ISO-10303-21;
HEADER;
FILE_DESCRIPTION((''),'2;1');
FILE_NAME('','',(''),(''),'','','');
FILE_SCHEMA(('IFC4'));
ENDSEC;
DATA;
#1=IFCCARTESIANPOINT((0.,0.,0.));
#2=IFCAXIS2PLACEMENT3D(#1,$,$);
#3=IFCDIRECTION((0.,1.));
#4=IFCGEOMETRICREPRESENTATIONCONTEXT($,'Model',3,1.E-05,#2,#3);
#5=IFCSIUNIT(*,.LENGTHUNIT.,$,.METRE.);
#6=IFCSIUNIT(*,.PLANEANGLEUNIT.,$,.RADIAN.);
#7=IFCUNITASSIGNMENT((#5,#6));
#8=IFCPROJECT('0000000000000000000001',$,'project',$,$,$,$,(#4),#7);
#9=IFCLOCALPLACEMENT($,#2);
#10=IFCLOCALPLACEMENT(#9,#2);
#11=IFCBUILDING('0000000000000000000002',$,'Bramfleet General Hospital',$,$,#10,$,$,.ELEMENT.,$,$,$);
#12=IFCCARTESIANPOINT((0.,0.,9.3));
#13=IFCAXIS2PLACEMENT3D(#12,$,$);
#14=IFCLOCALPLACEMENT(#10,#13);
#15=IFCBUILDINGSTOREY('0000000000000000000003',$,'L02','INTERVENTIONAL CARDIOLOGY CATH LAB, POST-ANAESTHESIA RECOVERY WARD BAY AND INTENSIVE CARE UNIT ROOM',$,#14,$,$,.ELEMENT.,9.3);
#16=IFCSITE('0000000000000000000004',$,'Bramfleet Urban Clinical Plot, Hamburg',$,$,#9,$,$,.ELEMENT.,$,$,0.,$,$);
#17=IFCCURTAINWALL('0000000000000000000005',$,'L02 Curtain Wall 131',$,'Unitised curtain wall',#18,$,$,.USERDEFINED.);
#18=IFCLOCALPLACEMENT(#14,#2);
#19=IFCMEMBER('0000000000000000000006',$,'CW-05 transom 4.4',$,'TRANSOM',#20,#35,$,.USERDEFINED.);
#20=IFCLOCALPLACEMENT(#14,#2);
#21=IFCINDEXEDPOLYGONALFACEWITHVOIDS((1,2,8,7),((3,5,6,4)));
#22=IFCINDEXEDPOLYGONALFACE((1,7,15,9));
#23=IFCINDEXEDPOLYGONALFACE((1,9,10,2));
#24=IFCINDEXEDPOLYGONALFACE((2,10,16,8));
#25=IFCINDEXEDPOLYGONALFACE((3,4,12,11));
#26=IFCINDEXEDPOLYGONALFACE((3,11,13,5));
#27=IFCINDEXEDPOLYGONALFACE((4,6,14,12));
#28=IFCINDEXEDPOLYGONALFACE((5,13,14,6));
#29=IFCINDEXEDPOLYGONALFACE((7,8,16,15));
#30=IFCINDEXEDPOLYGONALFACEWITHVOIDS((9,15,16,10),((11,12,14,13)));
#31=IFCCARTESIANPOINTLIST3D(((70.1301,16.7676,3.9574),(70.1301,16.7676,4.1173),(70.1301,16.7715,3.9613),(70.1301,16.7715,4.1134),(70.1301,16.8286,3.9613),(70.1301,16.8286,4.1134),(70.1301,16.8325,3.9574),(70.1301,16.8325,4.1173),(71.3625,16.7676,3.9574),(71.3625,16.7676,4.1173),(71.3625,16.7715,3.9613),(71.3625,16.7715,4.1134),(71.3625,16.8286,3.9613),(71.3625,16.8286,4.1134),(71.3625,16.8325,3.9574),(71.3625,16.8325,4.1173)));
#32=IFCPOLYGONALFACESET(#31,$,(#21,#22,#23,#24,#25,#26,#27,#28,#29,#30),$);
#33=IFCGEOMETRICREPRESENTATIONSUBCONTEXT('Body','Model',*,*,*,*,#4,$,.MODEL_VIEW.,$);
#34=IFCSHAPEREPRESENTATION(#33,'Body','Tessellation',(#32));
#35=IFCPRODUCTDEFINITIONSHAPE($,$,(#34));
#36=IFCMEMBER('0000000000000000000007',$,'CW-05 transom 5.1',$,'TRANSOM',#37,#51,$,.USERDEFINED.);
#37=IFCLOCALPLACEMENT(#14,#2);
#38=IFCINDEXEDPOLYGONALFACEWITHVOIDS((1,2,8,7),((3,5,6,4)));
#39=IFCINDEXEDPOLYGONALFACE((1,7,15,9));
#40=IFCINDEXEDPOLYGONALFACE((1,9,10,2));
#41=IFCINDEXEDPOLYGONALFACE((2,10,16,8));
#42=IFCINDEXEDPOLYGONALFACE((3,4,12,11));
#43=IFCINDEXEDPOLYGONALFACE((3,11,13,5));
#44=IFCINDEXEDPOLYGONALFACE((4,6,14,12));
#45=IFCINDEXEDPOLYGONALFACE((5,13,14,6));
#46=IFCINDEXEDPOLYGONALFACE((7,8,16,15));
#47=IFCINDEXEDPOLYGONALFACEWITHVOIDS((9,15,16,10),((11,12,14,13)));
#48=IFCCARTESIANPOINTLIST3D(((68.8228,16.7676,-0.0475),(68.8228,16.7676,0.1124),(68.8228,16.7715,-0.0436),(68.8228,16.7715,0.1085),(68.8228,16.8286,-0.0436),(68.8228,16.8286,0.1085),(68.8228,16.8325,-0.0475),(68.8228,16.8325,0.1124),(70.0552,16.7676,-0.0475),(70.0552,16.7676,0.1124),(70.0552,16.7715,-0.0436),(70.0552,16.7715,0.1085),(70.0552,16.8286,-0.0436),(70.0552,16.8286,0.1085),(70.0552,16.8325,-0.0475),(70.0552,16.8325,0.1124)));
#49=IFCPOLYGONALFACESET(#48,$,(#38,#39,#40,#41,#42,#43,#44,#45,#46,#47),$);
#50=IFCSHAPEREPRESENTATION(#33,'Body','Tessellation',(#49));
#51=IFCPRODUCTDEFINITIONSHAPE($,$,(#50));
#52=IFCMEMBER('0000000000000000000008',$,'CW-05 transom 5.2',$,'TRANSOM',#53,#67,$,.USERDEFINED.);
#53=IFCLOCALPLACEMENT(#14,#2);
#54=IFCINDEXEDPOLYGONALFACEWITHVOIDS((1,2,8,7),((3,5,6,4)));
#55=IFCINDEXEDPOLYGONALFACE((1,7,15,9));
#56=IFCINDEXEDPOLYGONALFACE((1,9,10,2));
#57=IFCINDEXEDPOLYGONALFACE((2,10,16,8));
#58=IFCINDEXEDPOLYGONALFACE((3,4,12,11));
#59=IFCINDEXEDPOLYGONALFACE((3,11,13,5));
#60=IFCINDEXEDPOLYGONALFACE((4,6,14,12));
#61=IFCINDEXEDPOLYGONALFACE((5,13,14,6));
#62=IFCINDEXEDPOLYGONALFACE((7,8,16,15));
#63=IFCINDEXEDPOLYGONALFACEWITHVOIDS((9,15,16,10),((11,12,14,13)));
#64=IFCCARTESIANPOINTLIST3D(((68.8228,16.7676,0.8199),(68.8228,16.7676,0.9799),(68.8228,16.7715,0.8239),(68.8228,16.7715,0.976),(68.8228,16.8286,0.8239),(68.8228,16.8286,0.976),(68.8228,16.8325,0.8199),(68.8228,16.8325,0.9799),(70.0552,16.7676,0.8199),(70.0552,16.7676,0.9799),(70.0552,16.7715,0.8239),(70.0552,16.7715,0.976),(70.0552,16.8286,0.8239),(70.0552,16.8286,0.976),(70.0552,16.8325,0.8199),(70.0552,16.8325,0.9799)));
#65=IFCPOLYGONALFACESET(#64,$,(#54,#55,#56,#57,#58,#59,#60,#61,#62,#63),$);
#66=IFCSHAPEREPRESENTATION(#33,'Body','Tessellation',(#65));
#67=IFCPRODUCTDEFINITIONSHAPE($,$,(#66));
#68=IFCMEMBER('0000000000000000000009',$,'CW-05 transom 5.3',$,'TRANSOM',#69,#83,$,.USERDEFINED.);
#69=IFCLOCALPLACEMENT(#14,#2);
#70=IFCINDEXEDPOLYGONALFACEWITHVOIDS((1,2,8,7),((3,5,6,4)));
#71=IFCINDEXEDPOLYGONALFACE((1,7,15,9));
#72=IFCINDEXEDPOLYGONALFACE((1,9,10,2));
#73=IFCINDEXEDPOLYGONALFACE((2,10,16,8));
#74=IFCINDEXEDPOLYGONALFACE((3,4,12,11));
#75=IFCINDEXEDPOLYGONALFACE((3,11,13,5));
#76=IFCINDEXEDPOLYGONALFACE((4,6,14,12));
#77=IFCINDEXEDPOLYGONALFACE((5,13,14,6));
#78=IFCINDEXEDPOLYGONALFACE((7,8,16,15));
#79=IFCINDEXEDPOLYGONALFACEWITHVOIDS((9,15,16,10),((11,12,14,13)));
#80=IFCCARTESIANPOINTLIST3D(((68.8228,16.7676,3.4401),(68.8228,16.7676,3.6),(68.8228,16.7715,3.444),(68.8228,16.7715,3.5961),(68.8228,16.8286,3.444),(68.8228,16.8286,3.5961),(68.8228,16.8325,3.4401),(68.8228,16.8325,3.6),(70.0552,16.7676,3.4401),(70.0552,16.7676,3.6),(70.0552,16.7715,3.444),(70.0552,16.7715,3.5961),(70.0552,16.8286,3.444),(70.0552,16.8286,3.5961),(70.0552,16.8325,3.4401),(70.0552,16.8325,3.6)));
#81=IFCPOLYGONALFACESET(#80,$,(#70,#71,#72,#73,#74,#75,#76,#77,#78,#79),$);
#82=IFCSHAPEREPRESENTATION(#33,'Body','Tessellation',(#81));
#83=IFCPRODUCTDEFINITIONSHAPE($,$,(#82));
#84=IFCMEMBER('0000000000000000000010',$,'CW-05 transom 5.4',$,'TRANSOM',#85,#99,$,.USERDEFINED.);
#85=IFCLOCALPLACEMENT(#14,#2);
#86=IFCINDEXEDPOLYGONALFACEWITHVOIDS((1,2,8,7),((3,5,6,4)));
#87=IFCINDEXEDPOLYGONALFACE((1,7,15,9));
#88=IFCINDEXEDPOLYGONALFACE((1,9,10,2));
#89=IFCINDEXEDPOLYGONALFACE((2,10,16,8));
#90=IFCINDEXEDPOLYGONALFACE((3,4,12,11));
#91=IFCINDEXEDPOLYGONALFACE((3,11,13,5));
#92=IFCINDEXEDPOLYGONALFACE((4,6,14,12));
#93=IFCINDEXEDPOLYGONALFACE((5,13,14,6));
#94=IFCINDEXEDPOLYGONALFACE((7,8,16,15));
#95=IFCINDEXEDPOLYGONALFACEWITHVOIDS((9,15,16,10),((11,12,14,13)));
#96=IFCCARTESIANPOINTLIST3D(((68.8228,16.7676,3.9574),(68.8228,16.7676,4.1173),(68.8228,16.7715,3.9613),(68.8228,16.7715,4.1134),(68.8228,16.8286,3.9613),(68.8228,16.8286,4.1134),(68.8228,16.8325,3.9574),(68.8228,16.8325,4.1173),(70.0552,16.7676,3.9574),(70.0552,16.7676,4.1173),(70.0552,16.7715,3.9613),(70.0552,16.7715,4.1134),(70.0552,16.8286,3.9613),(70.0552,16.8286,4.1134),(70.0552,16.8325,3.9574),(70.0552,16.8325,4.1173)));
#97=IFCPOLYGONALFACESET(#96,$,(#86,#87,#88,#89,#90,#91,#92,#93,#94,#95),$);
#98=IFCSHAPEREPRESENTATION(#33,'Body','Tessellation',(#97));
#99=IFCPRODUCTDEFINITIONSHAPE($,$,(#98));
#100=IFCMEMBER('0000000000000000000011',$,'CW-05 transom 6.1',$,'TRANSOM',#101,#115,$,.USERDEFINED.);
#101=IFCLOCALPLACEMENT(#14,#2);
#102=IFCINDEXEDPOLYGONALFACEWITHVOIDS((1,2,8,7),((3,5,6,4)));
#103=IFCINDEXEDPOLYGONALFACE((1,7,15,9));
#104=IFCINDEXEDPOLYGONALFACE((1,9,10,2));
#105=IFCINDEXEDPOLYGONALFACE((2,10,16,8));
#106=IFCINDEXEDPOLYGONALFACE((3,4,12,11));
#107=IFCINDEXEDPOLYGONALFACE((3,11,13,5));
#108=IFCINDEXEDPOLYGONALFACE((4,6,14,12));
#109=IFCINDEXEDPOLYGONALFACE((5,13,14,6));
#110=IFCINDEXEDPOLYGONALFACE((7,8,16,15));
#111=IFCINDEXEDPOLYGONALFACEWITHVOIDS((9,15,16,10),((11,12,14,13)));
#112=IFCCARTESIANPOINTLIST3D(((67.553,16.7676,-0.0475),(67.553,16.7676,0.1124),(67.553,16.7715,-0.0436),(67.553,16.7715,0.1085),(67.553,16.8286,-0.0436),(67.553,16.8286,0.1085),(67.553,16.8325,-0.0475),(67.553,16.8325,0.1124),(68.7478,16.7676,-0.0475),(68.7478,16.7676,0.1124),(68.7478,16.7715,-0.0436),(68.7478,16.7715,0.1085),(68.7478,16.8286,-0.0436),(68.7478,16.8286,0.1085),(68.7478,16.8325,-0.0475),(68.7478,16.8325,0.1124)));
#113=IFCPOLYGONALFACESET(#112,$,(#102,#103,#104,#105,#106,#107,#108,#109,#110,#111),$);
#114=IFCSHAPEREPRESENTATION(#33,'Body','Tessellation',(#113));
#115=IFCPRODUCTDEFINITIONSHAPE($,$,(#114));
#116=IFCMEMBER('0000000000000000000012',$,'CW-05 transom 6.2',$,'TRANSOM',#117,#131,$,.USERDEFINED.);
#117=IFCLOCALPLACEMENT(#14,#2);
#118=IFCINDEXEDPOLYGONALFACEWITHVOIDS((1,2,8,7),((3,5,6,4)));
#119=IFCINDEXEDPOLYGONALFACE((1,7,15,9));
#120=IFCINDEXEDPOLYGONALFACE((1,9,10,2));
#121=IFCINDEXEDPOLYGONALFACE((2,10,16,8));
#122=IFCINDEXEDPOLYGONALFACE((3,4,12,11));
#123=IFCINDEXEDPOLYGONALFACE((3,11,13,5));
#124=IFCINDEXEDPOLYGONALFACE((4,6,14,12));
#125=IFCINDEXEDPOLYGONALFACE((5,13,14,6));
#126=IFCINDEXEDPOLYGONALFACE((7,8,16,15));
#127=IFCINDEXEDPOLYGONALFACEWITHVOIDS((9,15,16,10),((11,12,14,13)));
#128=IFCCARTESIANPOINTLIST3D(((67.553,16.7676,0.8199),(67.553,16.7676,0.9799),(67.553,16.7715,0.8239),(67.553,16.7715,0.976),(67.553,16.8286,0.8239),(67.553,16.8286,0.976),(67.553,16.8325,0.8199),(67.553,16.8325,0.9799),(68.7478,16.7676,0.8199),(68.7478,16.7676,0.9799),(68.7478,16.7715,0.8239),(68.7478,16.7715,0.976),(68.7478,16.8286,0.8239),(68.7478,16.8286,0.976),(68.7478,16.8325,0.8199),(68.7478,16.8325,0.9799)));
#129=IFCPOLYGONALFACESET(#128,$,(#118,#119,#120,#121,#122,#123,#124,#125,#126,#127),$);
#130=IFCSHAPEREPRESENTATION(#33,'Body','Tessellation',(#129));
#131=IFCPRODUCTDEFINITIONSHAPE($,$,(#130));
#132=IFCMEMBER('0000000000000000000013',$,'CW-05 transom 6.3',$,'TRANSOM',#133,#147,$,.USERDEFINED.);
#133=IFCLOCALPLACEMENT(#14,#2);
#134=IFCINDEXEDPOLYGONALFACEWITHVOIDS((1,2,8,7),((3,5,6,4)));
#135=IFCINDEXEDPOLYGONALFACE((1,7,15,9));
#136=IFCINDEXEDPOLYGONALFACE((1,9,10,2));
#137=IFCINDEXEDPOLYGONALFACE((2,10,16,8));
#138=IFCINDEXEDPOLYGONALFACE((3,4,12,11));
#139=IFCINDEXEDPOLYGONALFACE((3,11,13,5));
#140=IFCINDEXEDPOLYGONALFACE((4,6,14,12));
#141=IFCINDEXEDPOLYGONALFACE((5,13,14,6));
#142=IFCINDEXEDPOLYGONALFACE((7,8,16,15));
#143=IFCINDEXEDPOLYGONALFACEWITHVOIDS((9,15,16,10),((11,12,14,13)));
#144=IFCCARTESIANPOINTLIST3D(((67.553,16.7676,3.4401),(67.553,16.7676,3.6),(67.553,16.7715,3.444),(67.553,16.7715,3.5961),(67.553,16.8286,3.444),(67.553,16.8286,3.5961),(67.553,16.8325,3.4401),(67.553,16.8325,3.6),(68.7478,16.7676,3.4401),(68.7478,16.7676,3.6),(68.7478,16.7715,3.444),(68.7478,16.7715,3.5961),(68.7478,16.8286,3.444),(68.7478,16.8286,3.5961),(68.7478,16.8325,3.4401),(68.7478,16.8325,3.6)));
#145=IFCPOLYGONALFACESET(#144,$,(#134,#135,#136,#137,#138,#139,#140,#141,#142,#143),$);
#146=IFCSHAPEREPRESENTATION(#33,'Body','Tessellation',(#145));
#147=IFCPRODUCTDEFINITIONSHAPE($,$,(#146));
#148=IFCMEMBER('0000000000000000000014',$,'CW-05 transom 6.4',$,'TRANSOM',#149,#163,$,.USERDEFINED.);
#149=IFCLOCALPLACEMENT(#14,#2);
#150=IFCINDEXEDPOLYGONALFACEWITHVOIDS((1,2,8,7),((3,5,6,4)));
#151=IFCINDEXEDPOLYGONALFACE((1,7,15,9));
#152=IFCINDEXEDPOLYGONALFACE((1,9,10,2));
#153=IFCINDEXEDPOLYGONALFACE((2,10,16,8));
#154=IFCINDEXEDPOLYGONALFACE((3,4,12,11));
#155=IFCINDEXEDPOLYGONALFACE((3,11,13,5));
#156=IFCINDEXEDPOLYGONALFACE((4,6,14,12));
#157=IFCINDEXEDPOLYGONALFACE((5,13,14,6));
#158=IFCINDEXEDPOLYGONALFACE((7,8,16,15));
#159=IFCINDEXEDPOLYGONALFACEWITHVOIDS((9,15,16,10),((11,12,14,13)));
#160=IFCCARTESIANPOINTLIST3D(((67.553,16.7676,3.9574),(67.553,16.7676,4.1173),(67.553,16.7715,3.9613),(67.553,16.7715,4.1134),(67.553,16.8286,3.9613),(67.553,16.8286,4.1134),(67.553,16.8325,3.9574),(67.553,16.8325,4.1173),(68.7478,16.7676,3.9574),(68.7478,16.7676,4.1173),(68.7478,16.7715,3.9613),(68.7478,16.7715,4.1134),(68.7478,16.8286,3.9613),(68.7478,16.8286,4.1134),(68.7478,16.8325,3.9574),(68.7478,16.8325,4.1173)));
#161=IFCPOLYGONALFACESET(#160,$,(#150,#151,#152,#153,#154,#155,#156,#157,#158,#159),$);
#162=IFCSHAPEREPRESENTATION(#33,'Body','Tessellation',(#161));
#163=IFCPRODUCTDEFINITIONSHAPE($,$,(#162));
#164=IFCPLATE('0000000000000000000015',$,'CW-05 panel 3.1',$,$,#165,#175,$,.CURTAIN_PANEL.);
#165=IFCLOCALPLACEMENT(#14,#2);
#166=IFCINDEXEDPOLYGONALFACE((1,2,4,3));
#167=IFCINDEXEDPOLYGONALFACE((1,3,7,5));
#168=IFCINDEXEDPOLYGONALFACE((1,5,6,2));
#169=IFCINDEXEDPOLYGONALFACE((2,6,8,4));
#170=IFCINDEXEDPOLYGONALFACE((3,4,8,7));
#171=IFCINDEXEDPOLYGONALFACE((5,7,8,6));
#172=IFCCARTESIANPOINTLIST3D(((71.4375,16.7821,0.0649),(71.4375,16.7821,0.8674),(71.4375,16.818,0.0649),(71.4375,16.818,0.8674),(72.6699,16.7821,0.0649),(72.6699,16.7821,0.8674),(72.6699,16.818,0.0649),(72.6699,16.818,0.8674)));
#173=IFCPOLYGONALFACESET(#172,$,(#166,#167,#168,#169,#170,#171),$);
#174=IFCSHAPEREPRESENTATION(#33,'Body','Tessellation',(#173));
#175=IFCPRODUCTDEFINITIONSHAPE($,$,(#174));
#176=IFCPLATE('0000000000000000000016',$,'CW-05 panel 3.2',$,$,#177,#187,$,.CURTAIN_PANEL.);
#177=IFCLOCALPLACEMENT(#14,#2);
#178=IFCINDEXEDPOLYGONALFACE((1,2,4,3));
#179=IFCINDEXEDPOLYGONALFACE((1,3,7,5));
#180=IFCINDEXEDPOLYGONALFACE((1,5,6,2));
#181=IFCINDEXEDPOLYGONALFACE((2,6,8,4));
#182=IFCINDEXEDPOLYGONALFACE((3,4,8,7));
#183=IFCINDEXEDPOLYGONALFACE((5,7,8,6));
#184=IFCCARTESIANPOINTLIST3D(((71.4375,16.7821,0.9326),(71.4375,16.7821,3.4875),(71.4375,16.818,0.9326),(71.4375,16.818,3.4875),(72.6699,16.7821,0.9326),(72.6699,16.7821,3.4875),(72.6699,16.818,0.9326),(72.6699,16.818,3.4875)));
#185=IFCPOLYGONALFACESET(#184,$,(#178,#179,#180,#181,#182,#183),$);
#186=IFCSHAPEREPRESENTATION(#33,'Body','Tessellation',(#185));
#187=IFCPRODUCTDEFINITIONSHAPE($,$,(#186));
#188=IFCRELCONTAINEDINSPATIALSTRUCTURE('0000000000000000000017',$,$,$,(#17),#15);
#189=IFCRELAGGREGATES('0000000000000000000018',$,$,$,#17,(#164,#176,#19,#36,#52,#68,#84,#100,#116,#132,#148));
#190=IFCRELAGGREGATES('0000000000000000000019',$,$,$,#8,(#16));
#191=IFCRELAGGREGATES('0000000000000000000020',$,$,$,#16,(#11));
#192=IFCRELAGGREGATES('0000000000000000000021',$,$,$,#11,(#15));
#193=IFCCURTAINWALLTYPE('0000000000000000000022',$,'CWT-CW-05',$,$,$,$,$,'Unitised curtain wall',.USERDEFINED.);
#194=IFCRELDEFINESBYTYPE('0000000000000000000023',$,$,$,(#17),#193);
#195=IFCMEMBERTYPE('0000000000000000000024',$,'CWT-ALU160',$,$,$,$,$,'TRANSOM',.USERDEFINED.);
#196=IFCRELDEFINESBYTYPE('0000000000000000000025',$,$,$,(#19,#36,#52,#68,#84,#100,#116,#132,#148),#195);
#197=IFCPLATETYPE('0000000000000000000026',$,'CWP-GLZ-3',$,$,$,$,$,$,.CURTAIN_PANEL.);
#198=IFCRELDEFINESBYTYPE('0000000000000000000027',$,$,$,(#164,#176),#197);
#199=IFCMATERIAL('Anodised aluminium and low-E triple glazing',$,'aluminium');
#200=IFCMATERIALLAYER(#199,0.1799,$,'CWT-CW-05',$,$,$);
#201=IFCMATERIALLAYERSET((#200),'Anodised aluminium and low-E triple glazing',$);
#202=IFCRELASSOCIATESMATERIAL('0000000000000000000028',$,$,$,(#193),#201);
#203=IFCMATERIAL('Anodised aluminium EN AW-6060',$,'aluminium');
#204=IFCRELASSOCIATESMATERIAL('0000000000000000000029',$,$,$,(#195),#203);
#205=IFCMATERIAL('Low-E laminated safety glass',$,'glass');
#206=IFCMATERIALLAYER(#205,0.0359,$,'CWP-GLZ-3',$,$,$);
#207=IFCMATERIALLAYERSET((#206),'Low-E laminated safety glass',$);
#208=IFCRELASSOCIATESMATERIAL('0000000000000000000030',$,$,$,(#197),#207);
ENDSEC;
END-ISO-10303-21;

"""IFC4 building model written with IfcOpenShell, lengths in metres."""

from ifc_helpers import new_model, si_unit, direction, frame, origin, origin_2d, place, context, subcontext, project, spatial, rectangle, hollow_rectangle, extrude, material, layer, layer_set, material_profile, profile_set, type_object, element, aggregate, save


model = new_model("IFC4")

# Units and contexts
model_context = context("Model", 3, precision=1e-05, world=origin(), true_north=direction((0.0, 1.0)))
body_context = subcontext(model_context, "Body", "Model", "MODEL_VIEW")
ifc_project = project(units=[si_unit("LENGTHUNIT", "METRE"), si_unit("PLANEANGLEUNIT", "RADIAN")], contexts=[model_context])

# Site, building, storey
site_placement = place(None, origin())
site = spatial("IfcSite", under=ifc_project, at=site_placement, Name="Bramfleet Urban Clinical Plot, Hamburg", CompositionType="ELEMENT", RefElevation=0.0)
building_placement = place(site_placement, origin())
building = spatial("IfcBuilding", under=site, at=building_placement, Name="Bramfleet General Hospital", CompositionType="ELEMENT")
storey_placement = place(building_placement, frame((0.0, 0.0, 9.3)))
storey = spatial("IfcBuildingStorey", under=building, at=storey_placement, Name="L02", Description="INTERVENTIONAL CARDIOLOGY CATH LAB, POST-ANAESTHESIA RECOVERY WARD BAY AND INTENSIVE CARE UNIT ROOM", CompositionType="ELEMENT", Elevation=9.3)

# Curtain wall, members, plates
ifc_material_1 = material(Name="Anodised aluminium and low-E triple glazing", Category="aluminium")
ifc_layer_1 = layer(ifc_material_1, 0.1799, Name="CWT-CW-05")
ifc_layer_set_1 = layer_set([ifc_layer_1], Name="Anodised aluminium and low-E triple glazing")
curtain_wall_type = type_object("IfcCurtainWallType", Name="CWT-CW-05", ElementType="Unitised curtain wall", PredefinedType="USERDEFINED", material=ifc_layer_set_1)
curtain_wall_placement = place(storey_placement, origin())
curtain_wall = element("IfcCurtainWall", 1, at=curtain_wall_placement, inside=storey, type_object=curtain_wall_type, Name="L02 Curtain Wall 131", ObjectType="Unitised curtain wall", PredefinedType="USERDEFINED")
ifc_material_2 = material(Name="Anodised aluminium EN AW-6060", Category="aluminium")
ifc_material_profile_1 = material_profile(ifc_material_2, hollow_rectangle(XDim=0.0649, YDim=0.1599, WallThickness=0.0039, at=origin_2d()), Name="ALU 160x65x4.0")
ifc_profile_set_1 = profile_set([ifc_material_profile_1], Name="Anodised aluminium EN AW-6060")
member_type_1 = type_object("IfcMemberType", Name="CWT-ALU160", ElementType="TRANSOM", PredefinedType="USERDEFINED", material=ifc_profile_set_1)
member_1_placement = place(storey_placement, frame((71.3625, 16.8, 4.0374), z_axis=(-1.0, 0.0, 0.0), x_axis=(0.0, -1.0, 0.0)))
member_1 = element("IfcMember", 2, at=member_1_placement, type_object=member_type_1, Name="CW-05 transom 4.4", ObjectType="TRANSOM", PredefinedType="USERDEFINED", context=body_context, shape_type="SweptSolid", body=[
    extrude(hollow_rectangle(XDim=0.0649, YDim=0.1599, WallThickness=0.0039, at=origin_2d()), origin(), (0.0, 0.0, 1.0), 1.2324),
])
member_2_placement = place(storey_placement, frame((70.0552, 16.8, 0.0325), z_axis=(-1.0, 0.0, 0.0), x_axis=(0.0, -1.0, 0.0)))
member_2 = element("IfcMember", 3, at=member_2_placement, type_object=member_type_1, Name="CW-05 transom 5.1", ObjectType="TRANSOM", PredefinedType="USERDEFINED", context=body_context, shape_type="SweptSolid", body=[
    extrude(hollow_rectangle(XDim=0.0649, YDim=0.1599, WallThickness=0.0039, at=origin_2d()), origin(), (0.0, 0.0, 1.0), 1.2324),
])
member_3_placement = place(storey_placement, frame((70.0552, 16.8, 0.8999), z_axis=(-1.0, 0.0, 0.0), x_axis=(0.0, -1.0, 0.0)))
member_3 = element("IfcMember", 4, at=member_3_placement, type_object=member_type_1, Name="CW-05 transom 5.2", ObjectType="TRANSOM", PredefinedType="USERDEFINED", context=body_context, shape_type="SweptSolid", body=[
    extrude(hollow_rectangle(XDim=0.0649, YDim=0.1599, WallThickness=0.0039, at=origin_2d()), origin(), (0.0, 0.0, 1.0), 1.2324),
])
member_4_placement = place(storey_placement, frame((70.0552, 16.8, 3.52), z_axis=(-1.0, 0.0, 0.0), x_axis=(0.0, -1.0, 0.0)))
member_4 = element("IfcMember", 5, at=member_4_placement, type_object=member_type_1, Name="CW-05 transom 5.3", ObjectType="TRANSOM", PredefinedType="USERDEFINED", context=body_context, shape_type="SweptSolid", body=[
    extrude(hollow_rectangle(XDim=0.0649, YDim=0.1599, WallThickness=0.0039, at=origin_2d()), origin(), (0.0, 0.0, 1.0), 1.2324),
])
member_5_placement = place(storey_placement, frame((70.0552, 16.8, 4.0374), z_axis=(-1.0, 0.0, 0.0), x_axis=(0.0, -1.0, 0.0)))
member_5 = element("IfcMember", 6, at=member_5_placement, type_object=member_type_1, Name="CW-05 transom 5.4", ObjectType="TRANSOM", PredefinedType="USERDEFINED", context=body_context, shape_type="SweptSolid", body=[
    extrude(hollow_rectangle(XDim=0.0649, YDim=0.1599, WallThickness=0.0039, at=origin_2d()), origin(), (0.0, 0.0, 1.0), 1.2324),
])
member_6_placement = place(storey_placement, frame((68.7478, 16.8, 0.0325), z_axis=(-1.0, 0.0, 0.0), x_axis=(0.0, -1.0, 0.0)))
member_6 = element("IfcMember", 7, at=member_6_placement, type_object=member_type_1, Name="CW-05 transom 6.1", ObjectType="TRANSOM", PredefinedType="USERDEFINED", context=body_context, shape_type="SweptSolid", body=[
    extrude(hollow_rectangle(XDim=0.0649, YDim=0.1599, WallThickness=0.0039, at=origin_2d()), origin(), (0.0, 0.0, 1.0), 1.1948),
])
member_7_placement = place(storey_placement, frame((68.7478, 16.8, 0.8999), z_axis=(-1.0, 0.0, 0.0), x_axis=(0.0, -1.0, 0.0)))
member_7 = element("IfcMember", 8, at=member_7_placement, type_object=member_type_1, Name="CW-05 transom 6.2", ObjectType="TRANSOM", PredefinedType="USERDEFINED", context=body_context, shape_type="SweptSolid", body=[
    extrude(hollow_rectangle(XDim=0.0649, YDim=0.1599, WallThickness=0.0039, at=origin_2d()), origin(), (0.0, 0.0, 1.0), 1.1948),
])
member_8_placement = place(storey_placement, frame((68.7478, 16.8, 3.52), z_axis=(-1.0, 0.0, 0.0), x_axis=(0.0, -1.0, 0.0)))
member_8 = element("IfcMember", 9, at=member_8_placement, type_object=member_type_1, Name="CW-05 transom 6.3", ObjectType="TRANSOM", PredefinedType="USERDEFINED", context=body_context, shape_type="SweptSolid", body=[
    extrude(hollow_rectangle(XDim=0.0649, YDim=0.1599, WallThickness=0.0039, at=origin_2d()), origin(), (0.0, 0.0, 1.0), 1.1948),
])
member_9_placement = place(storey_placement, frame((68.7478, 16.8, 4.0374), z_axis=(-1.0, 0.0, 0.0), x_axis=(0.0, -1.0, 0.0)))
member_9 = element("IfcMember", 10, at=member_9_placement, type_object=member_type_1, Name="CW-05 transom 6.4", ObjectType="TRANSOM", PredefinedType="USERDEFINED", context=body_context, shape_type="SweptSolid", body=[
    extrude(hollow_rectangle(XDim=0.0649, YDim=0.1599, WallThickness=0.0039, at=origin_2d()), origin(), (0.0, 0.0, 1.0), 1.1948),
])
ifc_material_3 = material(Name="Low-E laminated safety glass", Category="glass")
ifc_layer_2 = layer(ifc_material_3, 0.0359, Name="CWP-GLZ-3")
ifc_layer_set_2 = layer_set([ifc_layer_2], Name="Low-E laminated safety glass")
plate_type_1 = type_object("IfcPlateType", Name="CWP-GLZ-3", PredefinedType="CURTAIN_PANEL", material=ifc_layer_set_2)
plate_1_placement = place(storey_placement, frame((72.0537, 16.8, 0.0649), z_axis=(0.0, 0.0, 1.0), x_axis=(-1.0, 0.0, 0.0)))
plate_1 = element("IfcPlate", 11, at=plate_1_placement, type_object=plate_type_1, Name="CW-05 panel 3.1", PredefinedType="CURTAIN_PANEL", context=body_context, shape_type="SweptSolid", body=[
    extrude(rectangle(XDim=1.2324, YDim=0.0359, at=origin_2d()), origin(), (0.0, 0.0, 1.0), 0.8025),
])
plate_2_placement = place(storey_placement, frame((72.0537, 16.8, 0.9326), z_axis=(0.0, 0.0, 1.0), x_axis=(-1.0, 0.0, 0.0)))
plate_2 = element("IfcPlate", 12, at=plate_2_placement, type_object=plate_type_1, Name="CW-05 panel 3.2", PredefinedType="CURTAIN_PANEL", context=body_context, shape_type="SweptSolid", body=[
    extrude(rectangle(XDim=1.2324, YDim=0.0359, at=origin_2d()), origin(), (0.0, 0.0, 1.0), 2.5549),
])
aggregate(curtain_wall, [plate_1, plate_2, member_1, member_2, member_3, member_4, member_5, member_6, member_7, member_8, member_9])

save(model, "model.ifc")
